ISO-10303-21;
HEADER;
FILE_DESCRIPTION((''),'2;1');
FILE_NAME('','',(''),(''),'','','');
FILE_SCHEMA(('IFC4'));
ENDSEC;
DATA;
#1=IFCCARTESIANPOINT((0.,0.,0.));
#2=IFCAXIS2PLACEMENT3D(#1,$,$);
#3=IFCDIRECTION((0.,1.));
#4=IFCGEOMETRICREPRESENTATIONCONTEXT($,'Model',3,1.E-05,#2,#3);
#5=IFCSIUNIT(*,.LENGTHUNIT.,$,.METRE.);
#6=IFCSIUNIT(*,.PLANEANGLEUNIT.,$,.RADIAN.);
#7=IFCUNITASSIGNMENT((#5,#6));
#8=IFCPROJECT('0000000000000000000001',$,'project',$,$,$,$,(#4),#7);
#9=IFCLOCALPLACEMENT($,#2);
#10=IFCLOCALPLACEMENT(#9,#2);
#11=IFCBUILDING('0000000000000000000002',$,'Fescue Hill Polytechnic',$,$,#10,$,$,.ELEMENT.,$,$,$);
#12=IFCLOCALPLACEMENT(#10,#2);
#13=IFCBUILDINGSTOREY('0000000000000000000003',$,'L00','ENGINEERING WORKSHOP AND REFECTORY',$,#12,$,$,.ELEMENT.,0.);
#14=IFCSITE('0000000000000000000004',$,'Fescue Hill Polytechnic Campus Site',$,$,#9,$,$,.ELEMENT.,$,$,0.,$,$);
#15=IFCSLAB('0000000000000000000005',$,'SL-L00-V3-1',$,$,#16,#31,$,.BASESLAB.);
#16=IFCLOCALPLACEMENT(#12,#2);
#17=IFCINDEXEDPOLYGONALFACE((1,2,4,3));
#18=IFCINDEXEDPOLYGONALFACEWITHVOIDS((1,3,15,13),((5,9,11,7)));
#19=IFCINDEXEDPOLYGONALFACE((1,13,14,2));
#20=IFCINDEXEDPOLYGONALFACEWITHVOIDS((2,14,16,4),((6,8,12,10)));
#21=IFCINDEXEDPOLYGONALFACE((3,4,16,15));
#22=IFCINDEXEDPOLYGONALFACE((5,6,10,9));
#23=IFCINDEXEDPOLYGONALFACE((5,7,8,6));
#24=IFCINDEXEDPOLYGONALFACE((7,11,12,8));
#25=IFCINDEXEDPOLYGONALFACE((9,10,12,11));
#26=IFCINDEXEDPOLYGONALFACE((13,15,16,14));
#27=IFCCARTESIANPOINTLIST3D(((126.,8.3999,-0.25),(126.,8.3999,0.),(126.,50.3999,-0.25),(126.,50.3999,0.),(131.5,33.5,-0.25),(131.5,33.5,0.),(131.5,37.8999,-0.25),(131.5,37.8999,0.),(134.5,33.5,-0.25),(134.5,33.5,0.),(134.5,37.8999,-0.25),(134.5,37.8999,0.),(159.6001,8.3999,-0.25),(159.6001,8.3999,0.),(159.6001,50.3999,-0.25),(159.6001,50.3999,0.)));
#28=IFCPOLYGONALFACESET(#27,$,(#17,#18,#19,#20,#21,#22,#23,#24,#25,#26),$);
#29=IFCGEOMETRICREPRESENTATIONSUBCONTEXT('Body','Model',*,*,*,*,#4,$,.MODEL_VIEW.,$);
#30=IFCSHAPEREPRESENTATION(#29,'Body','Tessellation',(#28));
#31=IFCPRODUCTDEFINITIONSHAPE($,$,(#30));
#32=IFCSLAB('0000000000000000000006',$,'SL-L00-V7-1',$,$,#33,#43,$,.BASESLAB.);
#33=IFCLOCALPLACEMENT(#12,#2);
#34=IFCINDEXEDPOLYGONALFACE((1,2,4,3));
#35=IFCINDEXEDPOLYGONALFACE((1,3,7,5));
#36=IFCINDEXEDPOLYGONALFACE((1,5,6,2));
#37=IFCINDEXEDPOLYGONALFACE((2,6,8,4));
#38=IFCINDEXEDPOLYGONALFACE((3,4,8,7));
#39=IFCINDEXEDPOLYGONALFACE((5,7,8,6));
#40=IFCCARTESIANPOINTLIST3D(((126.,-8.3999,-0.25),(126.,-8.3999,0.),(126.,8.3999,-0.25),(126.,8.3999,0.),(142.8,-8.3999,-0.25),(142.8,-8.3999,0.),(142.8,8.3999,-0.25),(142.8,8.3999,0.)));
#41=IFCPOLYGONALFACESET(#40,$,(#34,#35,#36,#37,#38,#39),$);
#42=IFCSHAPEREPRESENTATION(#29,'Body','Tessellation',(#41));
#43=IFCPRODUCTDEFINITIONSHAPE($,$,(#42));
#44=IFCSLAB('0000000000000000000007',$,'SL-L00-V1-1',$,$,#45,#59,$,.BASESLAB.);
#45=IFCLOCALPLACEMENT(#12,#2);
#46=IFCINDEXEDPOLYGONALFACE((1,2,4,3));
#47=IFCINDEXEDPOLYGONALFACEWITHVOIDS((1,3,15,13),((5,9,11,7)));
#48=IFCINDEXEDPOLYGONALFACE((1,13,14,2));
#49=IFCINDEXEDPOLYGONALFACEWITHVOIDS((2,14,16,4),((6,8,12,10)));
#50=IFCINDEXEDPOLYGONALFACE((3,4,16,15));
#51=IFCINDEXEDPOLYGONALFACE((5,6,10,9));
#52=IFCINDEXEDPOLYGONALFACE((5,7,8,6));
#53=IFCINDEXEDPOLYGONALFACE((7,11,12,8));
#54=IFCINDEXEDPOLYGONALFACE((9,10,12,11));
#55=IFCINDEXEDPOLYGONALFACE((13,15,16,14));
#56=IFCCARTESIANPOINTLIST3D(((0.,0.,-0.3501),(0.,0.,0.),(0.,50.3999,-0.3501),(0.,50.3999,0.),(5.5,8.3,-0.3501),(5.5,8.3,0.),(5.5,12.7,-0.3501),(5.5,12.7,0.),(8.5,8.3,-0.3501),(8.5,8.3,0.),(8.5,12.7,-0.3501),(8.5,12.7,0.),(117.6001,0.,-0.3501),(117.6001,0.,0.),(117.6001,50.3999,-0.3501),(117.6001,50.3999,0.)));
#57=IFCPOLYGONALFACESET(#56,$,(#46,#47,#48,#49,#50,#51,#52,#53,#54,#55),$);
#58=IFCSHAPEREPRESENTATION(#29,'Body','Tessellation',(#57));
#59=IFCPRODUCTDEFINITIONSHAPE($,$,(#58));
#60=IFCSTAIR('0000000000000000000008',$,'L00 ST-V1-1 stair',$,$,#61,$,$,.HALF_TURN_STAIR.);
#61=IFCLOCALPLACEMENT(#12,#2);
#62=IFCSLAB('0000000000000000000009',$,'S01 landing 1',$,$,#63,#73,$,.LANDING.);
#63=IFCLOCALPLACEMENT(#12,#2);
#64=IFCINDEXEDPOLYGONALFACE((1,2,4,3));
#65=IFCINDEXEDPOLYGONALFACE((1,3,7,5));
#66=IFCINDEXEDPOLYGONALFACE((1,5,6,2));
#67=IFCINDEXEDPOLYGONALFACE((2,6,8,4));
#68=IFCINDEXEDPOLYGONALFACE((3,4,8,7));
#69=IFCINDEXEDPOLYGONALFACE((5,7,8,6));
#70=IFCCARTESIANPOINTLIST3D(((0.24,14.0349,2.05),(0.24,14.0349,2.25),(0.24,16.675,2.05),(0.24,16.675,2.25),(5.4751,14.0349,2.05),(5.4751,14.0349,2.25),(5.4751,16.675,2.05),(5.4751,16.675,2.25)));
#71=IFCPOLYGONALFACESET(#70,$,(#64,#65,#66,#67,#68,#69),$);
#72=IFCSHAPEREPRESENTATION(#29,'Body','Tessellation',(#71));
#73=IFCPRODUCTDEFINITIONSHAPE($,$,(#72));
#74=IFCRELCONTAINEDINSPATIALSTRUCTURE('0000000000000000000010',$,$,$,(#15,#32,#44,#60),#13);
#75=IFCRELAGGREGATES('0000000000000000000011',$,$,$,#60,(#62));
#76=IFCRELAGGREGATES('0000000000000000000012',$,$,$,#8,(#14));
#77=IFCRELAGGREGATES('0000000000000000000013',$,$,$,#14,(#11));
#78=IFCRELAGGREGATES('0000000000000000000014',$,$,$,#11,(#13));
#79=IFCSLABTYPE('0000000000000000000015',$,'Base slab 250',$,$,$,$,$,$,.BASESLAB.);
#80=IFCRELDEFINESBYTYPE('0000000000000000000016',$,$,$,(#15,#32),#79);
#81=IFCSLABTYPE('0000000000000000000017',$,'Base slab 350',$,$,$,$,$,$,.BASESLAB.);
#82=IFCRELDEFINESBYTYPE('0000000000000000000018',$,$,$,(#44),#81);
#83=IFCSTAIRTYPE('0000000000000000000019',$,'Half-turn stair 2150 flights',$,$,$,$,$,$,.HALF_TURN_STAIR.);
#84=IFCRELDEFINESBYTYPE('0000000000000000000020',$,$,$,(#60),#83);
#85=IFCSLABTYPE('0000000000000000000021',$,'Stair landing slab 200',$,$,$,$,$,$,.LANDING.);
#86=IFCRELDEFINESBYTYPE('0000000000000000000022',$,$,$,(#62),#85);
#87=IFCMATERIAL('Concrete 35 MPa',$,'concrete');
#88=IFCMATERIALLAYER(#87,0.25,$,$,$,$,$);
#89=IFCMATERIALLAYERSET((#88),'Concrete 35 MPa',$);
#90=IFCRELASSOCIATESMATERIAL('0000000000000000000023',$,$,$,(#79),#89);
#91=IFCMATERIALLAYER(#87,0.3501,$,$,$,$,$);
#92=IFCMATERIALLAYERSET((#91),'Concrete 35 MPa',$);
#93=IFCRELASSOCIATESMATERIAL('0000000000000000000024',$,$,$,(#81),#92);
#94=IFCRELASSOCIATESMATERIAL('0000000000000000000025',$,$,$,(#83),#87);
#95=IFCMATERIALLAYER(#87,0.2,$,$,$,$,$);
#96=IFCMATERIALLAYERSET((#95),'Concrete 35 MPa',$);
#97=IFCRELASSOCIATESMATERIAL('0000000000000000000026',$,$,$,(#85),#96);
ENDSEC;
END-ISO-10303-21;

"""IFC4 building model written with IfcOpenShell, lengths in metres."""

from ifc_helpers import new_model, si_unit, direction, frame, origin, place, context, subcontext, project, spatial, polyline, outline, extrude, material, layer, layer_set, type_object, element, aggregate, save


model = new_model("IFC4")

# Units and contexts
model_context = context("Model", 3, precision=1e-05, world=origin(), true_north=direction((0.0, 1.0)))
body_context = subcontext(model_context, "Body", "Model", "MODEL_VIEW")
ifc_project = project(units=[si_unit("LENGTHUNIT", "METRE"), si_unit("PLANEANGLEUNIT", "RADIAN")], contexts=[model_context])

# Site, building, storey
site_placement = place(None, origin())
site = spatial("IfcSite", under=ifc_project, at=site_placement, Name="Fescue Hill Polytechnic Campus Site", CompositionType="ELEMENT", RefElevation=0.0)
building_placement = place(site_placement, origin())
building = spatial("IfcBuilding", under=site, at=building_placement, Name="Fescue Hill Polytechnic", CompositionType="ELEMENT")
storey_placement = place(building_placement, origin())
storey = spatial("IfcBuildingStorey", under=building, at=storey_placement, Name="L00", Description="ENGINEERING WORKSHOP AND REFECTORY", CompositionType="ELEMENT", Elevation=0.0)

# Shared definitions
ifc_material_1 = material(Name="Concrete 35 MPa", Category="concrete")

# Slabs
ifc_layer_1 = layer(ifc_material_1, 0.25)
ifc_layer_set_1 = layer_set([ifc_layer_1], Name="Concrete 35 MPa")
slab_type_1 = type_object("IfcSlabType", Name="Base slab 250", PredefinedType="BASESLAB", material=ifc_layer_set_1)
slab_1_placement = place(storey_placement, frame((0.0, 0.0, -0.25)))
element("IfcSlab", 1, at=slab_1_placement, inside=storey, type_object=slab_type_1, Name="SL-L00-V3-1", PredefinedType="BASESLAB", context=body_context, shape_type="SweptSolid", body=[
    extrude(outline(polyline([(126.0, 8.3999), (126.0, 50.3999), (159.6001, 50.3999), (159.6001, 8.3999), (126.0, 8.3999)]), holes=[polyline([(134.5, 37.8999), (131.5, 37.8999), (131.5, 33.5), (134.5, 33.5), (134.5, 37.8999)])]), origin(), (0.0, 0.0, 1.0), 0.25),
])
slab_2_placement = place(storey_placement, frame((0.0, 0.0, -0.25)))
element("IfcSlab", 2, at=slab_2_placement, inside=storey, type_object=slab_type_1, Name="SL-L00-V7-1", PredefinedType="BASESLAB", context=body_context, shape_type="SweptSolid", body=[
    extrude(outline(polyline([(142.8, -8.3999), (142.8, 8.3999), (126.0, 8.3999), (126.0, -8.3999), (142.8, -8.3999)])), origin(), (0.0, 0.0, 1.0), 0.25),
])
ifc_layer_2 = layer(ifc_material_1, 0.3501)
ifc_layer_set_2 = layer_set([ifc_layer_2], Name="Concrete 35 MPa")
slab_type_2 = type_object("IfcSlabType", Name="Base slab 350", PredefinedType="BASESLAB", material=ifc_layer_set_2)
slab_3_placement = place(storey_placement, frame((0.0, 0.0, -0.3501)))
element("IfcSlab", 3, at=slab_3_placement, inside=storey, type_object=slab_type_2, Name="SL-L00-V1-1", PredefinedType="BASESLAB", context=body_context, shape_type="SweptSolid", body=[
    extrude(outline(polyline([(0.0, 0.0), (0.0, 50.3999), (117.6001, 50.3999), (117.6001, 0.0), (0.0, 0.0)]), holes=[polyline([(8.5, 12.7), (5.5, 12.7), (5.5, 8.3), (8.5, 8.3), (8.5, 12.7)])]), origin(), (0.0, 0.0, 1.0), 0.3501),
])

# Stair, slab
stair_type = type_object("IfcStairType", Name="Half-turn stair 2150 flights", PredefinedType="HALF_TURN_STAIR", material=ifc_material_1)
stair_placement = place(storey_placement, origin())
stair = element("IfcStair", 4, at=stair_placement, inside=storey, type_object=stair_type, Name="L00 ST-V1-1 stair", PredefinedType="HALF_TURN_STAIR")
ifc_layer_3 = layer(ifc_material_1, 0.2)
ifc_layer_set_3 = layer_set([ifc_layer_3], Name="Concrete 35 MPa")
slab_type_3 = type_object("IfcSlabType", Name="Stair landing slab 200", PredefinedType="LANDING", material=ifc_layer_set_3)
slab_4_placement = place(storey_placement, frame((0.0, 0.0, 2.05)))
slab_4 = element("IfcSlab", 5, at=slab_4_placement, type_object=slab_type_3, Name="S01 landing 1", PredefinedType="LANDING", context=body_context, shape_type="SweptSolid", body=[
    extrude(outline(polyline([(0.24, 14.0349), (5.4751, 14.0349), (5.4751, 16.675), (0.24, 16.675), (0.24, 14.0349)])), origin(), (0.0, 0.0, 1.0), 0.2),
])
aggregate(stair, [slab_4])

save(model, "model.ifc")
